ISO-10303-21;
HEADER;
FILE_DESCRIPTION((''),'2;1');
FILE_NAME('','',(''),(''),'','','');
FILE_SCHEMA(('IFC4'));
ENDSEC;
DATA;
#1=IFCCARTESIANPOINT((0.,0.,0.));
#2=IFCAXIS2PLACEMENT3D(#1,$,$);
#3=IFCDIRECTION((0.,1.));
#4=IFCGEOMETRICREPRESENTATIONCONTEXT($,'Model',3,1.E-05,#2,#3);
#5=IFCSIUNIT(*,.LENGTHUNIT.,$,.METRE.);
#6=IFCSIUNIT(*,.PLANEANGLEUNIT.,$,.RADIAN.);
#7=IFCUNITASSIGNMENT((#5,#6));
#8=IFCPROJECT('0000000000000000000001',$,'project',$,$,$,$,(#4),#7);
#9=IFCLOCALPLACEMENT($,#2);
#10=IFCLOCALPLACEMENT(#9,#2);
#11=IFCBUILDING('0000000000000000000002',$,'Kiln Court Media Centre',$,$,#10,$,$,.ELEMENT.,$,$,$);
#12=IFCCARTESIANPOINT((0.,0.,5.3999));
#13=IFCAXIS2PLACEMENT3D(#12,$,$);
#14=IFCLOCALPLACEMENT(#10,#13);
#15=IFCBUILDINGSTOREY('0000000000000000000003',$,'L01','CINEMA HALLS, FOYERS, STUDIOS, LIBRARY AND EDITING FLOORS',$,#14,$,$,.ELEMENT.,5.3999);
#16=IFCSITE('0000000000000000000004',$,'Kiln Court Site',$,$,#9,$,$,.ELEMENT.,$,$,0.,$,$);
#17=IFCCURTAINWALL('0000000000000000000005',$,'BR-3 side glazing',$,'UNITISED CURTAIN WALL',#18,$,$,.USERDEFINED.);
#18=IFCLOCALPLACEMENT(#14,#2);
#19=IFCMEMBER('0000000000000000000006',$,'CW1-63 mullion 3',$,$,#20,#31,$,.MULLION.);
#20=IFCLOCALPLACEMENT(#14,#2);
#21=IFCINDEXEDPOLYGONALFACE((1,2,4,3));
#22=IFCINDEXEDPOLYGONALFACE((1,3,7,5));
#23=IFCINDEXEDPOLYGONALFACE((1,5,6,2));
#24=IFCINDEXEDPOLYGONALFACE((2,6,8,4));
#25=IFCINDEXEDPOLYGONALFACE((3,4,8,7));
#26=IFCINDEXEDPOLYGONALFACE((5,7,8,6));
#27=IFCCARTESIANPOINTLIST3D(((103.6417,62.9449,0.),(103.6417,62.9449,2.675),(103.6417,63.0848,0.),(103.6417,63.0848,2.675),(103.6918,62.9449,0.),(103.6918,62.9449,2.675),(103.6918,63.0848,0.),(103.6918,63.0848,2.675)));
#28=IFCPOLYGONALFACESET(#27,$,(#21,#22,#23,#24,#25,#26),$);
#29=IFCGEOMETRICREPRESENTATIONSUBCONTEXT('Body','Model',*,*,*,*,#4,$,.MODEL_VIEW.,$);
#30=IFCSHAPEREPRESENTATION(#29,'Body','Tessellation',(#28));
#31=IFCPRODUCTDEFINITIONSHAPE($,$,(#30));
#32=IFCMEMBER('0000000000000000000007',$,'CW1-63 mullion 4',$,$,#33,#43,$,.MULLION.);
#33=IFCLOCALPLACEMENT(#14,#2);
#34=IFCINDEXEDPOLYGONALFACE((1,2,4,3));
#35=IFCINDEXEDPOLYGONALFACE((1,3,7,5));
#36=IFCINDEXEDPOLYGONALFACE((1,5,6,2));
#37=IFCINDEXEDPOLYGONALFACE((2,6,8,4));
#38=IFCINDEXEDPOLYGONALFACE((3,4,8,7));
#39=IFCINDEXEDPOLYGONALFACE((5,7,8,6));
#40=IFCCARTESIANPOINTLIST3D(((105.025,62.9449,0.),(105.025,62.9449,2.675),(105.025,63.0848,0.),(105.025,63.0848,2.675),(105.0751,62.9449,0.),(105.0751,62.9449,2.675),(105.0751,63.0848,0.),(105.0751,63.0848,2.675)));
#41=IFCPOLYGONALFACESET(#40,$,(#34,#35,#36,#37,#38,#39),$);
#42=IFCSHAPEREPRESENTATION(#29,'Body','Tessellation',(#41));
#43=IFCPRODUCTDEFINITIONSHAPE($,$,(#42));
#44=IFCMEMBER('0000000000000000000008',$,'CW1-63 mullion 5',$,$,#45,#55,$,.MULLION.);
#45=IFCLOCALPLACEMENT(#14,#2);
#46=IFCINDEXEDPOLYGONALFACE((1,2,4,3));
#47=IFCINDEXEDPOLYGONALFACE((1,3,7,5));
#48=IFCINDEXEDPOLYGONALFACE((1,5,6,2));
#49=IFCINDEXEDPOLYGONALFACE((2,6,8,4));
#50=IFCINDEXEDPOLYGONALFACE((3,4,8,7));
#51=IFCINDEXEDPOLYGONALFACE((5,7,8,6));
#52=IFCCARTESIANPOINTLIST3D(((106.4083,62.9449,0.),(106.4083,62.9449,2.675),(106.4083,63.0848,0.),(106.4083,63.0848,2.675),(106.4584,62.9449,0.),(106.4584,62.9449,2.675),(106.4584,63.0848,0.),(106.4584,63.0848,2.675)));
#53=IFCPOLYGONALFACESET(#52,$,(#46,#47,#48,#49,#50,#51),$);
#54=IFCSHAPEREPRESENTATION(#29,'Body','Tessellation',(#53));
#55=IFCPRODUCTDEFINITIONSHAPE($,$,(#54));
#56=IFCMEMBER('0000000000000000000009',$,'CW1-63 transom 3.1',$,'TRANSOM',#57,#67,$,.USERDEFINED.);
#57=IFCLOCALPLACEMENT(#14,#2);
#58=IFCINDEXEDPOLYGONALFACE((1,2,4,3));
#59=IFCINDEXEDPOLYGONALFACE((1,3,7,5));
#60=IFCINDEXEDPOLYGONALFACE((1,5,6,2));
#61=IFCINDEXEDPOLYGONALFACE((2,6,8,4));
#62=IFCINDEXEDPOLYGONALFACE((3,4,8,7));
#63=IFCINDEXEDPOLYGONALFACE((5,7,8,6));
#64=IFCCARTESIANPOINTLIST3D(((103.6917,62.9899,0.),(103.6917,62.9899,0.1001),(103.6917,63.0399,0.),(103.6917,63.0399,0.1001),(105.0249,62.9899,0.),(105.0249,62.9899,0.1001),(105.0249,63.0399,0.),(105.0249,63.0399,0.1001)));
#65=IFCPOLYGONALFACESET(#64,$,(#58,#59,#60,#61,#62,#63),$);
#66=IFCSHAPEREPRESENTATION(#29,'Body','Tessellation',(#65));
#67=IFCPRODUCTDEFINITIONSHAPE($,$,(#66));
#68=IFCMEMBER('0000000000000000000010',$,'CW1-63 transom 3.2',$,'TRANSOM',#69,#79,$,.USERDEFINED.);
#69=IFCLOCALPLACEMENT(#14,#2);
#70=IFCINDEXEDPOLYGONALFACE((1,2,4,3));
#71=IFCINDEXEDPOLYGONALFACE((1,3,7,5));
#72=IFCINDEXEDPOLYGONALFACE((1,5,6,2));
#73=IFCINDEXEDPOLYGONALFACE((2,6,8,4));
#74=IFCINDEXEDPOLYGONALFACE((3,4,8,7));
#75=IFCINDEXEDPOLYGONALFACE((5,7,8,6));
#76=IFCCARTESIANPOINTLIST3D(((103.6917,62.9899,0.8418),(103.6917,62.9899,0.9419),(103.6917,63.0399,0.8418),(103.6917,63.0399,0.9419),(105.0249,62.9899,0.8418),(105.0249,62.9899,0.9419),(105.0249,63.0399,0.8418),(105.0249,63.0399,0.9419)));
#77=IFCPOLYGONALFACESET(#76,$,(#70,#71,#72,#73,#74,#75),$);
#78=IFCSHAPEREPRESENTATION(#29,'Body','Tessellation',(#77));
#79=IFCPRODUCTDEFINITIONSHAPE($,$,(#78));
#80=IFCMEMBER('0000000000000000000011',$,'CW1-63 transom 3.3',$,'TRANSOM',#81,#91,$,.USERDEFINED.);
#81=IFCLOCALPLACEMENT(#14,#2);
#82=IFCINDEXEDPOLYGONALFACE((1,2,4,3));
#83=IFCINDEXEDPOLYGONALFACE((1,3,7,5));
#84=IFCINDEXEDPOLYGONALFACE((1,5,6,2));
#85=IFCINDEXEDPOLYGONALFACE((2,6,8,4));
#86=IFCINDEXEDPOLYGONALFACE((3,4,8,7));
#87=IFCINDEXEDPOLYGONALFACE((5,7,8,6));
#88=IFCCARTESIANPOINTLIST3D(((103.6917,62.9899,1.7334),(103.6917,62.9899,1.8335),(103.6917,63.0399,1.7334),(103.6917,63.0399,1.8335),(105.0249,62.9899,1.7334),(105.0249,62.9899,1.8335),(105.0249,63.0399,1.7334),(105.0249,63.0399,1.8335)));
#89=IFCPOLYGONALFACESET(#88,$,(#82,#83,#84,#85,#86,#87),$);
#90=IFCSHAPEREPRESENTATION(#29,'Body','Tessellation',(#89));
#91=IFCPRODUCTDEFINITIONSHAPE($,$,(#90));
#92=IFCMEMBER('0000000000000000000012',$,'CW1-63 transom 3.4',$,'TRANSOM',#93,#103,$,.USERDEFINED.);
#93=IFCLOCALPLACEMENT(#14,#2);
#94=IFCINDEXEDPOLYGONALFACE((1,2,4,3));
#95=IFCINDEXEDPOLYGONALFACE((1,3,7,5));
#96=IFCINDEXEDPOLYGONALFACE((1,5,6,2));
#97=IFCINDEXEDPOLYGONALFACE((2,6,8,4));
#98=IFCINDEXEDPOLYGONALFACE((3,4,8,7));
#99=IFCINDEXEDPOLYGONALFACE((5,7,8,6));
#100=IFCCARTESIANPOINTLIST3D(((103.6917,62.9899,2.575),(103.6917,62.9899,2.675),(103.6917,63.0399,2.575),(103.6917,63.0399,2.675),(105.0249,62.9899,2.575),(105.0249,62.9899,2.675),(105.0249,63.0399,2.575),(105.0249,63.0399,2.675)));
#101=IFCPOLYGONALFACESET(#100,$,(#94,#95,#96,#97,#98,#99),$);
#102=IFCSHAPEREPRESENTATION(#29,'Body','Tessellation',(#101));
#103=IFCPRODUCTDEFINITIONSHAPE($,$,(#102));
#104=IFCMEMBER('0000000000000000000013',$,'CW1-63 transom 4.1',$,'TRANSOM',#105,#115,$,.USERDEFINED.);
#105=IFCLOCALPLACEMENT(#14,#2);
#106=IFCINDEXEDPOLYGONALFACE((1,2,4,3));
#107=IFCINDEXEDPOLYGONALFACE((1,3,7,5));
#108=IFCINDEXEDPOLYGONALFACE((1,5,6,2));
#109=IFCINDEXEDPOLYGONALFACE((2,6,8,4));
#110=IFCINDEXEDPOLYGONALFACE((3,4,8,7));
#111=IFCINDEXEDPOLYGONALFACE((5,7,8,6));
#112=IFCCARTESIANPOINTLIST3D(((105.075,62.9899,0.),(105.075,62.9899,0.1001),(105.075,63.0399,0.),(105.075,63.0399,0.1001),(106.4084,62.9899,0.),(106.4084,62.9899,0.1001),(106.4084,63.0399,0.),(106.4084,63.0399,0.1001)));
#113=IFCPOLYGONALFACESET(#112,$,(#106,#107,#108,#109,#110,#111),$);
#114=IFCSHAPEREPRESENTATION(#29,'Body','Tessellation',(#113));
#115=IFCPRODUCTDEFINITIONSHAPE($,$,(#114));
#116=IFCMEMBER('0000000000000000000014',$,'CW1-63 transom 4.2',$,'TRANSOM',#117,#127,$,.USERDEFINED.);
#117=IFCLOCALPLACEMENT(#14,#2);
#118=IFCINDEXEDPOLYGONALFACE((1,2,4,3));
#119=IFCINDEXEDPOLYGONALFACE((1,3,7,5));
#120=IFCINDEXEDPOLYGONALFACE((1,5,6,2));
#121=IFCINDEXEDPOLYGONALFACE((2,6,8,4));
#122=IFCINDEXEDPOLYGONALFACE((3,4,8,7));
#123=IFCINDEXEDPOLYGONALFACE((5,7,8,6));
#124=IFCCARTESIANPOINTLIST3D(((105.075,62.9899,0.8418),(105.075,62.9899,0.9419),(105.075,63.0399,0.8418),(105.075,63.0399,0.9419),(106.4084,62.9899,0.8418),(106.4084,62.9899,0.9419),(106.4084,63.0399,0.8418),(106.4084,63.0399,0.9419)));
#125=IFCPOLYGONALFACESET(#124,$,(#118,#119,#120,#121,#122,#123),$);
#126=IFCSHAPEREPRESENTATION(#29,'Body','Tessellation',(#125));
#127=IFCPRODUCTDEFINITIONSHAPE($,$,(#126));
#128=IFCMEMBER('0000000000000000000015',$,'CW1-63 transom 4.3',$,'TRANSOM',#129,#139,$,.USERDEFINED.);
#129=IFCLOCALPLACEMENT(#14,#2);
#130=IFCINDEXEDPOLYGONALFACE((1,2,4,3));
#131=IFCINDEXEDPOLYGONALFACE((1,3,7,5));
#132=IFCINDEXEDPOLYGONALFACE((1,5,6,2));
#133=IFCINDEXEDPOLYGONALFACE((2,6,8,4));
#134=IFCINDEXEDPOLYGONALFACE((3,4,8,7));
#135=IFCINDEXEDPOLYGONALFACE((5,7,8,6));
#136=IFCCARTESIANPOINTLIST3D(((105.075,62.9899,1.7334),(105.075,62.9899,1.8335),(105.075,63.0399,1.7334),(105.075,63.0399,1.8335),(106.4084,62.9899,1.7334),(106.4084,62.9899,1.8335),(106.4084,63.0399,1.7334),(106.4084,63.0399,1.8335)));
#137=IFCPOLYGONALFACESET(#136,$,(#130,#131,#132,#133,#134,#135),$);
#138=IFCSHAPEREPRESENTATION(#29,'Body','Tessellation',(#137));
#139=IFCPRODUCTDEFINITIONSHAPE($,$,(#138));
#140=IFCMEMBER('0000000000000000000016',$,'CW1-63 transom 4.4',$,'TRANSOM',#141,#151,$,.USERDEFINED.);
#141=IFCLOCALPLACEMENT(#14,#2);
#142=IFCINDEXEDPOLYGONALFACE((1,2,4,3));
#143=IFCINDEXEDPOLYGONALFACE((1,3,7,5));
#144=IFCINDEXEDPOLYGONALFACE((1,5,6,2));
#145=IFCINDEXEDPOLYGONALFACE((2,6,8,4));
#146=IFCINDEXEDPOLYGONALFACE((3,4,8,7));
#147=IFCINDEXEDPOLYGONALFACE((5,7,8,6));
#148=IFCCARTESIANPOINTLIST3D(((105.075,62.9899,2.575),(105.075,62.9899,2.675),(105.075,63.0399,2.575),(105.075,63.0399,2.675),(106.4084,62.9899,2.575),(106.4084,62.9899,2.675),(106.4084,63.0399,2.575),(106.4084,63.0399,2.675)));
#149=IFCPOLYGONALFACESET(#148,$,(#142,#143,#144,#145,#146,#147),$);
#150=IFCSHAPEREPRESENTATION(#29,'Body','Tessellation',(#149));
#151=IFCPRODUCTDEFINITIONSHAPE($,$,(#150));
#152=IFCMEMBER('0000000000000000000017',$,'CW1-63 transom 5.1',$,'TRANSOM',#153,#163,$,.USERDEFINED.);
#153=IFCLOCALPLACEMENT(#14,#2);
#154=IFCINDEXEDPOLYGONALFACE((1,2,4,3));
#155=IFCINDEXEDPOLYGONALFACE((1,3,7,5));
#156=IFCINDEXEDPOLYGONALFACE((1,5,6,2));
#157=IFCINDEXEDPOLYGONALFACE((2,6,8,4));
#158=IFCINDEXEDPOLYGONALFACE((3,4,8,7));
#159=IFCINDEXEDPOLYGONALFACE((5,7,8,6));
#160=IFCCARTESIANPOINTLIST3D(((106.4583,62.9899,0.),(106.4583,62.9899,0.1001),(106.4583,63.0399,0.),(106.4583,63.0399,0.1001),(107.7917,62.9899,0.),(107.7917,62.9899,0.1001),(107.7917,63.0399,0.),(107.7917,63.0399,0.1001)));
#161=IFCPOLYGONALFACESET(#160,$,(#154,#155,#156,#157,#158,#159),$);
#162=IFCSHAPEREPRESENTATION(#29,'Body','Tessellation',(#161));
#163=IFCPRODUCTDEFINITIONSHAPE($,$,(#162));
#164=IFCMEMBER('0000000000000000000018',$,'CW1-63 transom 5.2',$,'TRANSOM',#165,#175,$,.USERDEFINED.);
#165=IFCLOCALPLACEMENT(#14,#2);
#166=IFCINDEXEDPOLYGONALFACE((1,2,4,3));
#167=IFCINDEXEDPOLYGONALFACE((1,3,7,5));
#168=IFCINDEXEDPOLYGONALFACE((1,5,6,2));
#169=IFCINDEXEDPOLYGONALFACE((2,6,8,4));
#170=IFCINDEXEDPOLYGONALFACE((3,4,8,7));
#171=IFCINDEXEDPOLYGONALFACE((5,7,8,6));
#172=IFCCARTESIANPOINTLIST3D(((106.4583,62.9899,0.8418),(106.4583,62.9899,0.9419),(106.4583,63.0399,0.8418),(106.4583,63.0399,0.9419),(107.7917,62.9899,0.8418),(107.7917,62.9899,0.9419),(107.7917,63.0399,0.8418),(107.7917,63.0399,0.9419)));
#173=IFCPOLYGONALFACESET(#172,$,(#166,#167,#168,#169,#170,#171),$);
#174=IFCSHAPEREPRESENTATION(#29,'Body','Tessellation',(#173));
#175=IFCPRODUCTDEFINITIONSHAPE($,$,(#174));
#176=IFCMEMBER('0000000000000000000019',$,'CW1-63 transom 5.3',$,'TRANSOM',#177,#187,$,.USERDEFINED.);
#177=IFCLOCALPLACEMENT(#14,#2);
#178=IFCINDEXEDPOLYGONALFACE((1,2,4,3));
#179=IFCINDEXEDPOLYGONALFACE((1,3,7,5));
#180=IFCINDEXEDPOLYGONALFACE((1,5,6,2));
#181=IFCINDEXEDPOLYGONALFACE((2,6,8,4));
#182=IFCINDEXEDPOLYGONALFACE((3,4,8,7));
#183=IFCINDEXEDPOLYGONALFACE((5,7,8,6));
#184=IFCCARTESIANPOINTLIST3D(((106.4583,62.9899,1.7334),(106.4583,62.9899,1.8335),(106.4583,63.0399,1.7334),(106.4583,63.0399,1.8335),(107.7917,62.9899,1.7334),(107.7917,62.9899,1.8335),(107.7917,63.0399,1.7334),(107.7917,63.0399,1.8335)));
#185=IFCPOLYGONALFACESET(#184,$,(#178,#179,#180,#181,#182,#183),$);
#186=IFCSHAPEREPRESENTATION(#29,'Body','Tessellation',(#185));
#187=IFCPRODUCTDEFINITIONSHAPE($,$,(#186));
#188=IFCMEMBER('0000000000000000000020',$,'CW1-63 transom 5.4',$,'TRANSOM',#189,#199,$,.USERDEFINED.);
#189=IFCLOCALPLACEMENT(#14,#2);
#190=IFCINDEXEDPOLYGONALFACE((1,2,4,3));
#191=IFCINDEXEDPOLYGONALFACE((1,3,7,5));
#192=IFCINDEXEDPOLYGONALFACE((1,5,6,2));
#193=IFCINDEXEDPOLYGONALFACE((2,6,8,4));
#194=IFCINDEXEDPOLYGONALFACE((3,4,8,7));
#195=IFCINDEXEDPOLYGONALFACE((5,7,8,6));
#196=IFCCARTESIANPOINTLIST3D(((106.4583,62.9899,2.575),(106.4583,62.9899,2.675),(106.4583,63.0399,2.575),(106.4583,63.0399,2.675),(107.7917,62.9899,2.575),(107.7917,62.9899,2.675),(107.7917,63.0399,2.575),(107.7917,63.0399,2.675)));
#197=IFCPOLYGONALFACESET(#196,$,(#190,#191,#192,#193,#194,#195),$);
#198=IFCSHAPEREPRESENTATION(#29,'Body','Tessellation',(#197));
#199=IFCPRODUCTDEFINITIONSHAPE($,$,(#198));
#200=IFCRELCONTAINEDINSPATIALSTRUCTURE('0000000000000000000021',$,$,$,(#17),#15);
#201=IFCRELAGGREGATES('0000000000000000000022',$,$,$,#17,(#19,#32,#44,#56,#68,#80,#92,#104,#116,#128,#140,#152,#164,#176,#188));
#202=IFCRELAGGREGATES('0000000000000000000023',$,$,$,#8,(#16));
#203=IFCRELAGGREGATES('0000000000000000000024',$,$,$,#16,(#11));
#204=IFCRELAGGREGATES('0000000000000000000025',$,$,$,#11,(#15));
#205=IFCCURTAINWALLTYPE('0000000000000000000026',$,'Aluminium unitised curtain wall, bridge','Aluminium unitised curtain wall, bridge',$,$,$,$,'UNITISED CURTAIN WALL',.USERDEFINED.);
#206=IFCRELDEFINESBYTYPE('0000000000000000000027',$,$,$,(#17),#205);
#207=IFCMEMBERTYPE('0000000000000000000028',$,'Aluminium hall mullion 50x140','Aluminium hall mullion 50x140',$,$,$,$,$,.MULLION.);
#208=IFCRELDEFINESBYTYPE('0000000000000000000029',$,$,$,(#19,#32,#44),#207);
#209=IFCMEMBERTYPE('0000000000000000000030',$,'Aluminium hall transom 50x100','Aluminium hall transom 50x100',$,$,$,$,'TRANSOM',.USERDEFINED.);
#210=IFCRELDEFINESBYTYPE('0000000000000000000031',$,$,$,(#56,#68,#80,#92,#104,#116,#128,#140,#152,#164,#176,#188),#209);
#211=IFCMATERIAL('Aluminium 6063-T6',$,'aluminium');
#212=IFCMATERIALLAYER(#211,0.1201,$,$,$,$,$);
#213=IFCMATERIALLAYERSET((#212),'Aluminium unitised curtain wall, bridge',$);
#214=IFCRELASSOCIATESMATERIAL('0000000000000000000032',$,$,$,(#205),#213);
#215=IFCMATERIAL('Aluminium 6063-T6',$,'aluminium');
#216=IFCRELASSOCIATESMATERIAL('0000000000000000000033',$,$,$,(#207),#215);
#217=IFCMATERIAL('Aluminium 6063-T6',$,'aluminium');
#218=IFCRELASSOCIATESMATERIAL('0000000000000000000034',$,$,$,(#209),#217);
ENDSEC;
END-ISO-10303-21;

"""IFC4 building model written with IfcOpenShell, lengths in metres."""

from ifc_helpers import new_model, si_unit, direction, frame, origin, origin_2d, place, context, subcontext, project, spatial, rectangle, extrude, material, layer, layer_set, material_profile, profile_set, type_object, element, aggregate, save


model = new_model("IFC4")

# Units and contexts
model_context = context("Model", 3, precision=1e-05, world=origin(), true_north=direction((0.0, 1.0)))
body_context = subcontext(model_context, "Body", "Model", "MODEL_VIEW")
ifc_project = project(units=[si_unit("LENGTHUNIT", "METRE"), si_unit("PLANEANGLEUNIT", "RADIAN")], contexts=[model_context])

# Site, building, storey
site_placement = place(None, origin())
site = spatial("IfcSite", under=ifc_project, at=site_placement, Name="Kiln Court Site", CompositionType="ELEMENT", RefElevation=0.0)
building_placement = place(site_placement, origin())
building = spatial("IfcBuilding", under=site, at=building_placement, Name="Kiln Court Media Centre", CompositionType="ELEMENT")
storey_placement = place(building_placement, frame((0.0, 0.0, 5.3999)))
storey = spatial("IfcBuildingStorey", under=building, at=storey_placement, Name="L01", Description="CINEMA HALLS, FOYERS, STUDIOS, LIBRARY AND EDITING FLOORS", CompositionType="ELEMENT", Elevation=5.3999)

# Curtain wall, members
ifc_material_1 = material(Name="Aluminium 6063-T6", Category="aluminium")
ifc_layer_1 = layer(ifc_material_1, 0.1201)
ifc_layer_set_1 = layer_set([ifc_layer_1], Name="Aluminium unitised curtain wall, bridge")
curtain_wall_type = type_object("IfcCurtainWallType", Name="Aluminium unitised curtain wall, bridge", Description="Aluminium unitised curtain wall, bridge", ElementType="UNITISED CURTAIN WALL", PredefinedType="USERDEFINED", material=ifc_layer_set_1)
curtain_wall_placement = place(storey_placement, origin())
curtain_wall = element("IfcCurtainWall", 1, at=curtain_wall_placement, inside=storey, type_object=curtain_wall_type, Name="BR-3 side glazing", ObjectType="UNITISED CURTAIN WALL", PredefinedType="USERDEFINED")
ifc_material_2 = material(Name="Aluminium 6063-T6", Category="aluminium")
ifc_material_profile_1 = material_profile(ifc_material_2, rectangle(XDim=0.05, YDim=0.1399, at=origin_2d()), Name="Aluminium hall mullion 50x140")
ifc_profile_set_1 = profile_set([ifc_material_profile_1], Name="Aluminium 6063-T6")
member_type_1 = type_object("IfcMemberType", Name="Aluminium hall mullion 50x140", Description="Aluminium hall mullion 50x140", PredefinedType="MULLION", material=ifc_profile_set_1)
member_1_placement = place(storey_placement, frame((103.6667, 63.0149, 0.0), z_axis=(0.0, 0.0, 1.0), x_axis=(1.0, 0.0, 0.0)))
member_1 = element("IfcMember", 2, at=member_1_placement, type_object=member_type_1, Name="CW1-63 mullion 3", PredefinedType="MULLION", context=body_context, shape_type="SweptSolid", body=[
    extrude(rectangle(XDim=0.05, YDim=0.1399, at=origin_2d()), origin(), (0.0, 0.0, 1.0), 2.675),
])
member_2_placement = place(storey_placement, frame((105.05, 63.0149, 0.0), z_axis=(0.0, 0.0, 1.0), x_axis=(1.0, 0.0, 0.0)))
member_2 = element("IfcMember", 3, at=member_2_placement, type_object=member_type_1, Name="CW1-63 mullion 4", PredefinedType="MULLION", context=body_context, shape_type="SweptSolid", body=[
    extrude(rectangle(XDim=0.05, YDim=0.1399, at=origin_2d()), origin(), (0.0, 0.0, 1.0), 2.675),
])
member_3_placement = place(storey_placement, frame((106.4333, 63.0149, 0.0), z_axis=(0.0, 0.0, 1.0), x_axis=(1.0, 0.0, 0.0)))
member_3 = element("IfcMember", 4, at=member_3_placement, type_object=member_type_1, Name="CW1-63 mullion 5", PredefinedType="MULLION", context=body_context, shape_type="SweptSolid", body=[
    extrude(rectangle(XDim=0.05, YDim=0.1399, at=origin_2d()), origin(), (0.0, 0.0, 1.0), 2.675),
])
ifc_material_3 = material(Name="Aluminium 6063-T6", Category="aluminium")
ifc_material_profile_2 = material_profile(ifc_material_3, rectangle(XDim=0.05, YDim=0.1001, at=origin_2d()), Name="Aluminium hall transom 50x100")
ifc_profile_set_2 = profile_set([ifc_material_profile_2], Name="Aluminium 6063-T6")
member_type_2 = type_object("IfcMemberType", Name="Aluminium hall transom 50x100", Description="Aluminium hall transom 50x100", ElementType="TRANSOM", PredefinedType="USERDEFINED", material=ifc_profile_set_2)
member_4_placement = place(storey_placement, frame((103.6917, 63.0149, 0.05), z_axis=(1.0, 0.0, 0.0), x_axis=(0.0, 1.0, 0.0)))
member_4 = element("IfcMember", 5, at=member_4_placement, type_object=member_type_2, Name="CW1-63 transom 3.1", ObjectType="TRANSOM", PredefinedType="USERDEFINED", context=body_context, shape_type="SweptSolid", body=[
    extrude(rectangle(XDim=0.05, YDim=0.1001, at=origin_2d()), origin(), (0.0, 0.0, 1.0), 1.3333),
])
member_5_placement = place(storey_placement, frame((103.6917, 63.0149, 0.8918), z_axis=(1.0, 0.0, 0.0), x_axis=(0.0, 1.0, 0.0)))
member_5 = element("IfcMember", 6, at=member_5_placement, type_object=member_type_2, Name="CW1-63 transom 3.2", ObjectType="TRANSOM", PredefinedType="USERDEFINED", context=body_context, shape_type="SweptSolid", body=[
    extrude(rectangle(XDim=0.05, YDim=0.1001, at=origin_2d()), origin(), (0.0, 0.0, 1.0), 1.3333),
])
member_6_placement = place(storey_placement, frame((103.6917, 63.0149, 1.7834), z_axis=(1.0, 0.0, 0.0), x_axis=(0.0, 1.0, 0.0)))
member_6 = element("IfcMember", 7, at=member_6_placement, type_object=member_type_2, Name="CW1-63 transom 3.3", ObjectType="TRANSOM", PredefinedType="USERDEFINED", context=body_context, shape_type="SweptSolid", body=[
    extrude(rectangle(XDim=0.05, YDim=0.1001, at=origin_2d()), origin(), (0.0, 0.0, 1.0), 1.3333),
])
member_7_placement = place(storey_placement, frame((103.6917, 63.0149, 2.625), z_axis=(1.0, 0.0, 0.0), x_axis=(0.0, 1.0, 0.0)))
member_7 = element("IfcMember", 8, at=member_7_placement, type_object=member_type_2, Name="CW1-63 transom 3.4", ObjectType="TRANSOM", PredefinedType="USERDEFINED", context=body_context, shape_type="SweptSolid", body=[
    extrude(rectangle(XDim=0.05, YDim=0.1001, at=origin_2d()), origin(), (0.0, 0.0, 1.0), 1.3333),
])
member_8_placement = place(storey_placement, frame((105.075, 63.0149, 0.05), z_axis=(1.0, 0.0, 0.0), x_axis=(0.0, 1.0, 0.0)))
member_8 = element("IfcMember", 9, at=member_8_placement, type_object=member_type_2, Name="CW1-63 transom 4.1", ObjectType="TRANSOM", PredefinedType="USERDEFINED", context=body_context, shape_type="SweptSolid", body=[
    extrude(rectangle(XDim=0.05, YDim=0.1001, at=origin_2d()), origin(), (0.0, 0.0, 1.0), 1.3335),
])
member_9_placement = place(storey_placement, frame((105.075, 63.0149, 0.8918), z_axis=(1.0, 0.0, 0.0), x_axis=(0.0, 1.0, 0.0)))
member_9 = element("IfcMember", 10, at=member_9_placement, type_object=member_type_2, Name="CW1-63 transom 4.2", ObjectType="TRANSOM", PredefinedType="USERDEFINED", context=body_context, shape_type="SweptSolid", body=[
    extrude(rectangle(XDim=0.05, YDim=0.1001, at=origin_2d()), origin(), (0.0, 0.0, 1.0), 1.3335),
])
member_10_placement = place(storey_placement, frame((105.075, 63.0149, 1.7834), z_axis=(1.0, 0.0, 0.0), x_axis=(0.0, 1.0, 0.0)))
member_10 = element("IfcMember", 11, at=member_10_placement, type_object=member_type_2, Name="CW1-63 transom 4.3", ObjectType="TRANSOM", PredefinedType="USERDEFINED", context=body_context, shape_type="SweptSolid", body=[
    extrude(rectangle(XDim=0.05, YDim=0.1001, at=origin_2d()), origin(), (0.0, 0.0, 1.0), 1.3335),
])
member_11_placement = place(storey_placement, frame((105.075, 63.0149, 2.625), z_axis=(1.0, 0.0, 0.0), x_axis=(0.0, 1.0, 0.0)))
member_11 = element("IfcMember", 12, at=member_11_placement, type_object=member_type_2, Name="CW1-63 transom 4.4", ObjectType="TRANSOM", PredefinedType="USERDEFINED", context=body_context, shape_type="SweptSolid", body=[
    extrude(rectangle(XDim=0.05, YDim=0.1001, at=origin_2d()), origin(), (0.0, 0.0, 1.0), 1.3335),
])
member_12_placement = place(storey_placement, frame((106.4583, 63.0149, 0.05), z_axis=(1.0, 0.0, 0.0), x_axis=(0.0, 1.0, 0.0)))
member_12 = element("IfcMember", 13, at=member_12_placement, type_object=member_type_2, Name="CW1-63 transom 5.1", ObjectType="TRANSOM", PredefinedType="USERDEFINED", context=body_context, shape_type="SweptSolid", body=[
    extrude(rectangle(XDim=0.05, YDim=0.1001, at=origin_2d()), origin(), (0.0, 0.0, 1.0), 1.3335),
])
member_13_placement = place(storey_placement, frame((106.4583, 63.0149, 0.8918), z_axis=(1.0, 0.0, 0.0), x_axis=(0.0, 1.0, 0.0)))
member_13 = element("IfcMember", 14, at=member_13_placement, type_object=member_type_2, Name="CW1-63 transom 5.2", ObjectType="TRANSOM", PredefinedType="USERDEFINED", context=body_context, shape_type="SweptSolid", body=[
    extrude(rectangle(XDim=0.05, YDim=0.1001, at=origin_2d()), origin(), (0.0, 0.0, 1.0), 1.3335),
])
member_14_placement = place(storey_placement, frame((106.4583, 63.0149, 1.7834), z_axis=(1.0, 0.0, 0.0), x_axis=(0.0, 1.0, 0.0)))
member_14 = element("IfcMember", 15, at=member_14_placement, type_object=member_type_2, Name="CW1-63 transom 5.3", ObjectType="TRANSOM", PredefinedType="USERDEFINED", context=body_context, shape_type="SweptSolid", body=[
    extrude(rectangle(XDim=0.05, YDim=0.1001, at=origin_2d()), origin(), (0.0, 0.0, 1.0), 1.3335),
])
member_15_placement = place(storey_placement, frame((106.4583, 63.0149, 2.625), z_axis=(1.0, 0.0, 0.0), x_axis=(0.0, 1.0, 0.0)))
member_15 = element("IfcMember", 16, at=member_15_placement, type_object=member_type_2, Name="CW1-63 transom 5.4", ObjectType="TRANSOM", PredefinedType="USERDEFINED", context=body_context, shape_type="SweptSolid", body=[
    extrude(rectangle(XDim=0.05, YDim=0.1001, at=origin_2d()), origin(), (0.0, 0.0, 1.0), 1.3335),
])

aggregate(curtain_wall, [member_1, member_2, member_3, member_4, member_5, member_6, member_7, member_8, member_9, member_10, member_11, member_12, member_13, member_14, member_15])

save(model, "model.ifc")
